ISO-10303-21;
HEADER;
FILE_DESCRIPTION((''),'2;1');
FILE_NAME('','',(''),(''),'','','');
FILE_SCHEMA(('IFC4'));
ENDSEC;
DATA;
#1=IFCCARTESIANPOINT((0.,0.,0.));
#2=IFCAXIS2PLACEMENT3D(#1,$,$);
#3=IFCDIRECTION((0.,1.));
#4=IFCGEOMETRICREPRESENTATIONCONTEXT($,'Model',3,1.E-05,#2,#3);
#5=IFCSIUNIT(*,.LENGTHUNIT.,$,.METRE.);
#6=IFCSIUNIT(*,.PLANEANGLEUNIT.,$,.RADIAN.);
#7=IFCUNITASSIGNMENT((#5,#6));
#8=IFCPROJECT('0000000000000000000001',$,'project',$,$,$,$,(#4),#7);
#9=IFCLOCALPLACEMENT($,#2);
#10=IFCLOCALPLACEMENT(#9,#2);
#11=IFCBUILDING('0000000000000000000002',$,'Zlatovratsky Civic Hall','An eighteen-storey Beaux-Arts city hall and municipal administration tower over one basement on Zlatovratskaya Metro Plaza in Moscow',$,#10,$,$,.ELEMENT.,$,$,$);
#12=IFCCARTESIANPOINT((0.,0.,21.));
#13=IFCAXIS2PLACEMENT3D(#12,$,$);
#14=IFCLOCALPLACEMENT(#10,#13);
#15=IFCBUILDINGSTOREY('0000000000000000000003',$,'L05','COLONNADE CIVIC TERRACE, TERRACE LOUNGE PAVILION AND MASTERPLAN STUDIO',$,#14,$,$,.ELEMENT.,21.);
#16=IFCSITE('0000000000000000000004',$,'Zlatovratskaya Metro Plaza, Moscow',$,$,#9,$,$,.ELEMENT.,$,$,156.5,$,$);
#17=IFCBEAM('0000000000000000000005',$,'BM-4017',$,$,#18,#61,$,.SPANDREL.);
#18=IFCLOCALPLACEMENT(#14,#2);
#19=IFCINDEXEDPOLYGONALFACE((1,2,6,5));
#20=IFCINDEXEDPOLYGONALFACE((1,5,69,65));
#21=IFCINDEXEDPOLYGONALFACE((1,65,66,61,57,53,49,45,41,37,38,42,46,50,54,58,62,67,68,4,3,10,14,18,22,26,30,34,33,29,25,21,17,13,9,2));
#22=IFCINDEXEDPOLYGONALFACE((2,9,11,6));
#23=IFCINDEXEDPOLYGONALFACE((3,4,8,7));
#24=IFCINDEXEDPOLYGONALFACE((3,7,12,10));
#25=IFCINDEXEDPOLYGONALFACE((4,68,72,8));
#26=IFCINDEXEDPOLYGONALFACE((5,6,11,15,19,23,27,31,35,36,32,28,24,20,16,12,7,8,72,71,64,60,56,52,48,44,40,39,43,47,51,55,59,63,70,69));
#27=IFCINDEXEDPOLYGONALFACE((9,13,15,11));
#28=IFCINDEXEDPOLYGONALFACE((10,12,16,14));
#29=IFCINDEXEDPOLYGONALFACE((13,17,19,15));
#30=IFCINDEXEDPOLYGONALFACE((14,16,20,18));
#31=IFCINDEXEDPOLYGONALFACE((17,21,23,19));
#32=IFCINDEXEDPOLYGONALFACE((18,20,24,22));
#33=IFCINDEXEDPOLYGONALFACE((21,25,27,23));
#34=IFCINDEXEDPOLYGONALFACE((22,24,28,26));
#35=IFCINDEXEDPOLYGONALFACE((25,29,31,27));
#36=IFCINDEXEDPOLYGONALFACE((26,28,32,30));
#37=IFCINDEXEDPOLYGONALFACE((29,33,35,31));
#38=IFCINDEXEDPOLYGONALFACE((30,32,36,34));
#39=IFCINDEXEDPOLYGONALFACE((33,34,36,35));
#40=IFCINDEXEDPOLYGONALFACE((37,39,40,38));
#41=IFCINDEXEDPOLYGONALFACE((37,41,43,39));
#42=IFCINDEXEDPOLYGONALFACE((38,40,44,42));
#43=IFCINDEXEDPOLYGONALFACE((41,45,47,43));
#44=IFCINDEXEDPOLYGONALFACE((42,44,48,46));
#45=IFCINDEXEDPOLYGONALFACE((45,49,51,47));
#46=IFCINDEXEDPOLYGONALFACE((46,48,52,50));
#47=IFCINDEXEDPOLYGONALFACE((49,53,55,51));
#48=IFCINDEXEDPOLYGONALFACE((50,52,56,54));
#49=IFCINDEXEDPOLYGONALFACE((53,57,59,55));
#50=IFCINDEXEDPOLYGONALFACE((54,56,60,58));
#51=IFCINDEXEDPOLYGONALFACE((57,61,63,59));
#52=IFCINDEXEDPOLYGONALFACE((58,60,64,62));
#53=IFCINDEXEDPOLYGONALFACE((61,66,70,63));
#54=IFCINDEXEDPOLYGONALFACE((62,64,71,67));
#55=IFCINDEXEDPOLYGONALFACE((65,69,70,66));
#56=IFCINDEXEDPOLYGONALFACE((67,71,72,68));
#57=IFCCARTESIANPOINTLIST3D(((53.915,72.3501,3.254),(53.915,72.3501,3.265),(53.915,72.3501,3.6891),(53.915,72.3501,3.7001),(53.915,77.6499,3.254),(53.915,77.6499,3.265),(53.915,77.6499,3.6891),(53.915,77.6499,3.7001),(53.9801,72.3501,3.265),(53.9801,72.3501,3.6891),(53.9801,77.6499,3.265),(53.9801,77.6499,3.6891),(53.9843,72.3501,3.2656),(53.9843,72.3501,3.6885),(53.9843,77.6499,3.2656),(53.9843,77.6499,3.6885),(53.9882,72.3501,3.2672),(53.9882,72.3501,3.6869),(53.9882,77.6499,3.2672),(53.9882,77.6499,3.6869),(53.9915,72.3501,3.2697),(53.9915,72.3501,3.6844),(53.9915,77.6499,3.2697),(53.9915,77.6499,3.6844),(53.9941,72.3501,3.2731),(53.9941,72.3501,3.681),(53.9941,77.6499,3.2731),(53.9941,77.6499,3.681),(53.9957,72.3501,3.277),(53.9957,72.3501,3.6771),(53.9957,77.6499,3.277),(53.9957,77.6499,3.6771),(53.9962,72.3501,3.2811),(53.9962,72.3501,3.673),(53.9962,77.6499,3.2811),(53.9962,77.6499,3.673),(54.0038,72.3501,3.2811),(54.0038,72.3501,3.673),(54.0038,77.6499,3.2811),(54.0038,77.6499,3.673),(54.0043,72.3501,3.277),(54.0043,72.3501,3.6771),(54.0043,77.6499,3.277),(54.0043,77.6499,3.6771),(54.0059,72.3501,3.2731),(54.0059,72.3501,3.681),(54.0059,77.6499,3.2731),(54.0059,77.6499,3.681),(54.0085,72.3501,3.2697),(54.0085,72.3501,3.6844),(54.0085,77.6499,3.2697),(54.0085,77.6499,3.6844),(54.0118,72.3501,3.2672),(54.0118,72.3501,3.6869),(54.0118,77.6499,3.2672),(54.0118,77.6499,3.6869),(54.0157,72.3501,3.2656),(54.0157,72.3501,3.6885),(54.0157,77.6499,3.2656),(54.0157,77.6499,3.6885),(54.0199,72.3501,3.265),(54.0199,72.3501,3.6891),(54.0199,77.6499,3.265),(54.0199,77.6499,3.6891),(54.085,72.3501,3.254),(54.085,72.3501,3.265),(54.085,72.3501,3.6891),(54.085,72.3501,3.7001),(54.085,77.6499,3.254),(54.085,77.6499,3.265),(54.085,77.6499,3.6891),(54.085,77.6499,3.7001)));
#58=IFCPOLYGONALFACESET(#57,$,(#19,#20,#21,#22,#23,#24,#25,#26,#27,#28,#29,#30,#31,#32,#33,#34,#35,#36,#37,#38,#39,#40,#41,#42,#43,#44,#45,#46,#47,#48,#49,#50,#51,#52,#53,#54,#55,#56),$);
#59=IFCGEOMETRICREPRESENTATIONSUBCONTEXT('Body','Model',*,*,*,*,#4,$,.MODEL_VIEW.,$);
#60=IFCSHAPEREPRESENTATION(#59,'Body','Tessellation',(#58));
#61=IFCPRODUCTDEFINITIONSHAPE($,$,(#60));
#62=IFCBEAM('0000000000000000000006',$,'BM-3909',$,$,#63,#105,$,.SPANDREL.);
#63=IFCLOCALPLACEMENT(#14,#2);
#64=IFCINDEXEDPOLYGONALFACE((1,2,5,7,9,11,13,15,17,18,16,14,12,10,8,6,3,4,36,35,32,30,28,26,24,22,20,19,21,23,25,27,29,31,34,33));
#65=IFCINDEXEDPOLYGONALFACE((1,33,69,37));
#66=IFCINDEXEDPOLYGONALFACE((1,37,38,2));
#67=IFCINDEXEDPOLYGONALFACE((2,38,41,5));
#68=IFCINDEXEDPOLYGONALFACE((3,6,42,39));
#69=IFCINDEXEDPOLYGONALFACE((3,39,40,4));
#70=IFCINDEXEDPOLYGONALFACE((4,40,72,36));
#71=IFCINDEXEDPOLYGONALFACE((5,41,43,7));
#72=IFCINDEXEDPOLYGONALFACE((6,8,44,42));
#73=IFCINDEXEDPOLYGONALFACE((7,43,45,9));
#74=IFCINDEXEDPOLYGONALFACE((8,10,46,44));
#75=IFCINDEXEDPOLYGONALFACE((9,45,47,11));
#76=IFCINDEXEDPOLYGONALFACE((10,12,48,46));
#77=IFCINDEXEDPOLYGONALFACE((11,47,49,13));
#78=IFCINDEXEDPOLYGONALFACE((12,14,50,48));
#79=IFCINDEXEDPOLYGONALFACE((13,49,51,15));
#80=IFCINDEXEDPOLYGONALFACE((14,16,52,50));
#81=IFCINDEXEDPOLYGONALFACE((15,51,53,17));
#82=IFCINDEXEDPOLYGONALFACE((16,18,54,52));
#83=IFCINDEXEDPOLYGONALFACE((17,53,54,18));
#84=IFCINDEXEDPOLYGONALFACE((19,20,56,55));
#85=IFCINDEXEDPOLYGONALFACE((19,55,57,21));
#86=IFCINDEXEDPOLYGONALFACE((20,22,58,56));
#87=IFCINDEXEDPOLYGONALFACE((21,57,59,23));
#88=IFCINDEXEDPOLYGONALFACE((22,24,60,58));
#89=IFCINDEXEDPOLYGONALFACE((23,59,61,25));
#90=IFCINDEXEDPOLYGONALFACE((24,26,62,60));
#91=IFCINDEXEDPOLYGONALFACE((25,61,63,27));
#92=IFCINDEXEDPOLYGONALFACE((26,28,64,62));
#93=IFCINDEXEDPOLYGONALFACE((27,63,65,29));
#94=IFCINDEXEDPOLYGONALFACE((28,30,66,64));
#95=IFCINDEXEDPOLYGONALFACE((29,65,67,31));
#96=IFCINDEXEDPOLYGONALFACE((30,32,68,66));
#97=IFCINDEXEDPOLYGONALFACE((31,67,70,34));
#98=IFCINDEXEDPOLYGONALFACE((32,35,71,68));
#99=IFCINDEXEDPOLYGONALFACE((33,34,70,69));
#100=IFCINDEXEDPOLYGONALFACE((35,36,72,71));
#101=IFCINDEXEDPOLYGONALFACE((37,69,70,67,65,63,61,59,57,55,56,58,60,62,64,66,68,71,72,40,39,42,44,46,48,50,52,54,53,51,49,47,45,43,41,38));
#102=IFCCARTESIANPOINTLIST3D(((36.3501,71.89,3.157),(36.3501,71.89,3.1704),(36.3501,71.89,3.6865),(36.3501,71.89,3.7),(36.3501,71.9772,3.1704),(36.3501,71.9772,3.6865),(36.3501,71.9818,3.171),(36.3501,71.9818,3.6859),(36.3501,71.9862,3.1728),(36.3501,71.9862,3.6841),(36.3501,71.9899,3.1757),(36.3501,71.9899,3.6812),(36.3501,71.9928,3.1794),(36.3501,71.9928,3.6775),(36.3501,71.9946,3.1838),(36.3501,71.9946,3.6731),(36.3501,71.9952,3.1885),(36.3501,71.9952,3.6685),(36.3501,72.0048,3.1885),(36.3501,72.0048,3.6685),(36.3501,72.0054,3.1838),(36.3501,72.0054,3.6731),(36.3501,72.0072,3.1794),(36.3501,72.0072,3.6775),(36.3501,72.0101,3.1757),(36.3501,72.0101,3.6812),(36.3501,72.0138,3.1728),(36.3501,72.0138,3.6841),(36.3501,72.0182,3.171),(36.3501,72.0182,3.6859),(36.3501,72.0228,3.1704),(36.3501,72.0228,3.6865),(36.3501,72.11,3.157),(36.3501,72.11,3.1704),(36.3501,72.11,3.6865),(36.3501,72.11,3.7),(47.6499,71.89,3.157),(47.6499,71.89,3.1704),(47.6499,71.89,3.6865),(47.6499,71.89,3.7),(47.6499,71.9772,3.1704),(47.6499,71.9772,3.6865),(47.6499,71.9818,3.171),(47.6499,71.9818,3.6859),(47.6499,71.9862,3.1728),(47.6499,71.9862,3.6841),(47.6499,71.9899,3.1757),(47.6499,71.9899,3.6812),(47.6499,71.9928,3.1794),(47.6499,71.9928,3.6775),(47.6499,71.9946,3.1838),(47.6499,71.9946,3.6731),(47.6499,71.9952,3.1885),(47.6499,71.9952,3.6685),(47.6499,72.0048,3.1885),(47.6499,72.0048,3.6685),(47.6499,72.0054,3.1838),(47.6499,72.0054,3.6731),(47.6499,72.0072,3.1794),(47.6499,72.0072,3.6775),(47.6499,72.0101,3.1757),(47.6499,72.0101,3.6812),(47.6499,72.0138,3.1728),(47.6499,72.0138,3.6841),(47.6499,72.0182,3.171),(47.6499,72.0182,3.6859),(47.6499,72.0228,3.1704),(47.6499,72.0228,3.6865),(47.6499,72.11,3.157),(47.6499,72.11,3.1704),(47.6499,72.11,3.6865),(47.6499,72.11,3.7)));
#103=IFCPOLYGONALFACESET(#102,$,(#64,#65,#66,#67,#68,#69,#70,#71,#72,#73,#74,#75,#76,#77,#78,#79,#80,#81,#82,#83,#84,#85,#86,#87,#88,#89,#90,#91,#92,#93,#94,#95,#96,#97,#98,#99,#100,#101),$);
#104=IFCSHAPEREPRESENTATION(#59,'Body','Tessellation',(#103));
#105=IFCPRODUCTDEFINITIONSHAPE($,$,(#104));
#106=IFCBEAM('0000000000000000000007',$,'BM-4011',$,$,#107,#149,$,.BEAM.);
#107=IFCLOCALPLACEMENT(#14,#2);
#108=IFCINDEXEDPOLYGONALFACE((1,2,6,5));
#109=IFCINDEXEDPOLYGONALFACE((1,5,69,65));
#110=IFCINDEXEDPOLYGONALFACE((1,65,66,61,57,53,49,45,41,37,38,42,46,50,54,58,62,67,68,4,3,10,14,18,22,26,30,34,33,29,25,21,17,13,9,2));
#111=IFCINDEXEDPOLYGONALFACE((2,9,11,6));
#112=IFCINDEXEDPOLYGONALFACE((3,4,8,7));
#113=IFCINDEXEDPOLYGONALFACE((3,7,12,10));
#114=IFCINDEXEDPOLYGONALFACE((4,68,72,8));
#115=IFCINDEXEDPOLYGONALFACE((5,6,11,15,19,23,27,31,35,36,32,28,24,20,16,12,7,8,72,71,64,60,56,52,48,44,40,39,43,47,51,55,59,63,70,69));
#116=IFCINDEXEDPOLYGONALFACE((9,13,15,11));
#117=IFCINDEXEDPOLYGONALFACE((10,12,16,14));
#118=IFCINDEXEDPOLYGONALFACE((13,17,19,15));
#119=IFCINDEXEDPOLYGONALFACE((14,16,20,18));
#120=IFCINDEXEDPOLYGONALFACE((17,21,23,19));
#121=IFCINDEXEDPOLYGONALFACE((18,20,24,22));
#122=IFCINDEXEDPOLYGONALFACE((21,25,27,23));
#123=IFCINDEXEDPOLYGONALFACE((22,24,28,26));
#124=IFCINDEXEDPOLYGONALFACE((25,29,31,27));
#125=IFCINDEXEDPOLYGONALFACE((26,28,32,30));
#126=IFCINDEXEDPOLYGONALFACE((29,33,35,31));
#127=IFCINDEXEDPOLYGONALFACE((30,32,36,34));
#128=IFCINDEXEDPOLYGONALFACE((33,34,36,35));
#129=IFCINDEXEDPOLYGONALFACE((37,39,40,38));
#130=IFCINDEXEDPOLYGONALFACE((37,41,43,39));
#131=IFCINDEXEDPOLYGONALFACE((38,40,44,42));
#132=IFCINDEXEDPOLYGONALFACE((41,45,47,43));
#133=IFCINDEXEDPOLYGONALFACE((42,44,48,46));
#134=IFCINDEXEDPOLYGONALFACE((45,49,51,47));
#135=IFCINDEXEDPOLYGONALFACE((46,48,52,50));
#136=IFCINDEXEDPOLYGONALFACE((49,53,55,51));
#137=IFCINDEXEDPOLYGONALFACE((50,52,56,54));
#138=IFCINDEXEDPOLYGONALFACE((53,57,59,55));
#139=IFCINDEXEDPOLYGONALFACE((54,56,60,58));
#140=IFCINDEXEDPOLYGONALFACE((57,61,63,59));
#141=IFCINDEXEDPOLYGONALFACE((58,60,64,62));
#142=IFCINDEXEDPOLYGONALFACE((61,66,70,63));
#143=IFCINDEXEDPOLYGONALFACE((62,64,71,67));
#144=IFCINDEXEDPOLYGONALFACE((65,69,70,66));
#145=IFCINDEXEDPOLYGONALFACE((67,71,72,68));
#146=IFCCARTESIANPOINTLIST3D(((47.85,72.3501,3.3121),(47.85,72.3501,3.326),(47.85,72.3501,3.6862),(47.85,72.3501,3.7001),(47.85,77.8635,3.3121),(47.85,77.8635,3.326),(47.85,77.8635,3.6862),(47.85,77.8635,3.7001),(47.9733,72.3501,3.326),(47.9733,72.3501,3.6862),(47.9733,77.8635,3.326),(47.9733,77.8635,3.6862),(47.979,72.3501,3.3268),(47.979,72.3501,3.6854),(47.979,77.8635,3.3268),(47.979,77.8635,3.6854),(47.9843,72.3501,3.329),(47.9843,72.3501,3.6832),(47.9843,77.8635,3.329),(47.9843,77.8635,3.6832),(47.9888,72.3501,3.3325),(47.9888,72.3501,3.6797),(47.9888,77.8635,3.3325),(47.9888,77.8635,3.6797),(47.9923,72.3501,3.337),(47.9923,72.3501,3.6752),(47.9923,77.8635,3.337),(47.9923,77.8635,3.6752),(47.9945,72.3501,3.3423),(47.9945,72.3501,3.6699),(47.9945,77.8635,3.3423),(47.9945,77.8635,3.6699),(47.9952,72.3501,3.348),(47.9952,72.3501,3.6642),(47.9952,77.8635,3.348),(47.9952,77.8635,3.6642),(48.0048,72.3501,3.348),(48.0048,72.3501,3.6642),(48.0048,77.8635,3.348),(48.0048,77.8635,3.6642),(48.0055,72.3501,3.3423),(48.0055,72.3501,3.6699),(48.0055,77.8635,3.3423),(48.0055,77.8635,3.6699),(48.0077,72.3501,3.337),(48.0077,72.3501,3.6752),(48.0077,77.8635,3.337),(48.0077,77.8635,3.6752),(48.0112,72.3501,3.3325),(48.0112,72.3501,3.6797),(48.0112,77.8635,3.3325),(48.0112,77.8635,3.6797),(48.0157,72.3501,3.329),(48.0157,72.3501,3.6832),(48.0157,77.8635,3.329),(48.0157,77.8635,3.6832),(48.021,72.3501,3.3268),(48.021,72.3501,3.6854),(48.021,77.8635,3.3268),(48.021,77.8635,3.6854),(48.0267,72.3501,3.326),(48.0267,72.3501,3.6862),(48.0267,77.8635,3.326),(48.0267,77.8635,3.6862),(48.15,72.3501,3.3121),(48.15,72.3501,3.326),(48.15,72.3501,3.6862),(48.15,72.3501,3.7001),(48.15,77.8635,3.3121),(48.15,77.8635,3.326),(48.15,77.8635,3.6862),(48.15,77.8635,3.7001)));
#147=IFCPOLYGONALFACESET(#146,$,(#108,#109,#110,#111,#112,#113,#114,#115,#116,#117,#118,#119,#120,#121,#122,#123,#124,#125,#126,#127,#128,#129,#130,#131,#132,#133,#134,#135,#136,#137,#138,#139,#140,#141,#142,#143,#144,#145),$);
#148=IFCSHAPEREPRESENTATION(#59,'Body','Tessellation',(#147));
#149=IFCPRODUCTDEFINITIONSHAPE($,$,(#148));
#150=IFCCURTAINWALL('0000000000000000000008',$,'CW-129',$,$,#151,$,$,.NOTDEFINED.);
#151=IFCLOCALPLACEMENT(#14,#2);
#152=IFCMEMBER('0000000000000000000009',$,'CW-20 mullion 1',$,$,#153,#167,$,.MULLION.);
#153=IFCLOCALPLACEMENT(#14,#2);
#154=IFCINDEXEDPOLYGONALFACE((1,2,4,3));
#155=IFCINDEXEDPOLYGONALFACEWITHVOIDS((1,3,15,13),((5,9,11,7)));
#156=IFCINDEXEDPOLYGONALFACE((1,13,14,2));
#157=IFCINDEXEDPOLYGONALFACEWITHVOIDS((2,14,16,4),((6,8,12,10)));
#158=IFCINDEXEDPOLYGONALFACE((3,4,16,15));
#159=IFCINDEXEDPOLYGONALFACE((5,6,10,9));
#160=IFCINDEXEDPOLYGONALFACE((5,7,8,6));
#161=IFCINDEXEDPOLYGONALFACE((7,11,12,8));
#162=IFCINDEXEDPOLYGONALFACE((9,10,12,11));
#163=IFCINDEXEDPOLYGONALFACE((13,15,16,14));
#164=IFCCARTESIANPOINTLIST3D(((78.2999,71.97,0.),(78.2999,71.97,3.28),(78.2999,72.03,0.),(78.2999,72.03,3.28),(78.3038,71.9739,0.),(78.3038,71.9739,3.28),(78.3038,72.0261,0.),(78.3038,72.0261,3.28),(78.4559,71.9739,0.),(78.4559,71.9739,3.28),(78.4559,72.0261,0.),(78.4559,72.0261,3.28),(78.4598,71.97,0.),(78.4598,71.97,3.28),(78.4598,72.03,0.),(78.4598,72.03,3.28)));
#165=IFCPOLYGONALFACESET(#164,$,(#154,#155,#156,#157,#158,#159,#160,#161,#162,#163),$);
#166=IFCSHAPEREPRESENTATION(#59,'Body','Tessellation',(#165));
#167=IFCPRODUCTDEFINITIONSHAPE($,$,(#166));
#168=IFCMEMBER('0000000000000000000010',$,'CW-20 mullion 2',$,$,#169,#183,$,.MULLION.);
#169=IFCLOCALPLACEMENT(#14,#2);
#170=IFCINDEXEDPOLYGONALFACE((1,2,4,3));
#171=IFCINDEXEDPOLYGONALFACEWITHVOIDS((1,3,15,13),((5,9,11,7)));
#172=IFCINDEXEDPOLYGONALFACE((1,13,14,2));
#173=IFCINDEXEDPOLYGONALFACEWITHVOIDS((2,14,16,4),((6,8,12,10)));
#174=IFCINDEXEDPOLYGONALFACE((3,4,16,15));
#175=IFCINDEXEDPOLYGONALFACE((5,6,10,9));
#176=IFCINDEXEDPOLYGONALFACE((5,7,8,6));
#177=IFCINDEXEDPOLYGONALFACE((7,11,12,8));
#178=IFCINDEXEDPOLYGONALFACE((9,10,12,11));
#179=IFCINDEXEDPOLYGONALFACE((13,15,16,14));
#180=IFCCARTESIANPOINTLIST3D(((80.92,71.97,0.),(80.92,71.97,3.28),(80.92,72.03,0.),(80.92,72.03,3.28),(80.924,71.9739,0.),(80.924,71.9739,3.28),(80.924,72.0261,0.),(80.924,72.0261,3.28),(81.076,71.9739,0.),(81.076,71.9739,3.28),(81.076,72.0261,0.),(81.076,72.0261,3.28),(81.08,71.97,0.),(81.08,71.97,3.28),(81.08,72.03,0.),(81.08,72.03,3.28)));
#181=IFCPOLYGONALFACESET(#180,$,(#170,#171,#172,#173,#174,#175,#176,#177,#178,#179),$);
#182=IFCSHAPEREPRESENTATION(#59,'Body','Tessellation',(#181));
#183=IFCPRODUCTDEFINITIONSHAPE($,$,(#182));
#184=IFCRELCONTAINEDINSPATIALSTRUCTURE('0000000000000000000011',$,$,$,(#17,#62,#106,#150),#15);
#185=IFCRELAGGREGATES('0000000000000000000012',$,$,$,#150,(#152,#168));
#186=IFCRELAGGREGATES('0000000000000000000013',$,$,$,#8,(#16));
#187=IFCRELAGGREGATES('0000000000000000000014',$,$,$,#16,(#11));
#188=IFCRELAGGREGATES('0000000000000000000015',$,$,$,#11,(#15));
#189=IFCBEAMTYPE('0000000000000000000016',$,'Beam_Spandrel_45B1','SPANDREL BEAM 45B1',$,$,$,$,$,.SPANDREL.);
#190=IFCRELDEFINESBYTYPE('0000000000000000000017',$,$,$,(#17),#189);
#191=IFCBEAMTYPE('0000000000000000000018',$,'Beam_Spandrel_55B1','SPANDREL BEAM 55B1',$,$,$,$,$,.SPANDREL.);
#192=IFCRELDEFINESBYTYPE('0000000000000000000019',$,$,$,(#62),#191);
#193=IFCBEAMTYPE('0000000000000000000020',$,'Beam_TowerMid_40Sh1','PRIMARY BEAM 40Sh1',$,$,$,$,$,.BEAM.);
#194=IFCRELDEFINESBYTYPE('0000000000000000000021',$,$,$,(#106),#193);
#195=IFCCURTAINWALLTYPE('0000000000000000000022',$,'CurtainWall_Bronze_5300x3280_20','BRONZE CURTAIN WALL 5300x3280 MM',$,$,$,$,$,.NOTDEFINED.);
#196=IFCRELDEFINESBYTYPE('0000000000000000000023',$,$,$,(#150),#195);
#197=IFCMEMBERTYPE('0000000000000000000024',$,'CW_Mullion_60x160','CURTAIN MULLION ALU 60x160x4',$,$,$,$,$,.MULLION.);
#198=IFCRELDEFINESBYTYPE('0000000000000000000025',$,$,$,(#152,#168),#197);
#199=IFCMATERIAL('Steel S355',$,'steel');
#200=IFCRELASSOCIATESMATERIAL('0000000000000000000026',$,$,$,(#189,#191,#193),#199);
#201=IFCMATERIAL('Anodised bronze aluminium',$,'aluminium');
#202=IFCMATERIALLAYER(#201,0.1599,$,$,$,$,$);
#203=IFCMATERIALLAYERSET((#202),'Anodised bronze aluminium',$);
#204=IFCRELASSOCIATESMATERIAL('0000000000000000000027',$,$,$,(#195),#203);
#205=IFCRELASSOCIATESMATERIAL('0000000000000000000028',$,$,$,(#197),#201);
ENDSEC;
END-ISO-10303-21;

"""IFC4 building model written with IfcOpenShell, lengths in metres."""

from ifc_helpers import new_model, si_unit, direction, frame, origin, origin_2d, place, context, subcontext, project, spatial, hollow_rectangle, i_section, extrude, material, layer, layer_set, material_profile, profile_set, type_object, element, aggregate, save


model = new_model("IFC4")

# Units and contexts
model_context = context("Model", 3, precision=1e-05, world=origin(), true_north=direction((0.0, 1.0)))
body_context = subcontext(model_context, "Body", "Model", "MODEL_VIEW")
ifc_project = project(units=[si_unit("LENGTHUNIT", "METRE"), si_unit("PLANEANGLEUNIT", "RADIAN")], contexts=[model_context])

# Site, building, storey
site_placement = place(None, origin())
site = spatial("IfcSite", under=ifc_project, at=site_placement, Name="Zlatovratskaya Metro Plaza, Moscow", CompositionType="ELEMENT", RefElevation=156.5)
building_placement = place(site_placement, origin())
building = spatial("IfcBuilding", under=site, at=building_placement, Name="Zlatovratsky Civic Hall", Description="An eighteen-storey Beaux-Arts city hall and municipal administration tower over one basement on Zlatovratskaya Metro Plaza in Moscow", CompositionType="ELEMENT")
storey_placement = place(building_placement, frame((0.0, 0.0, 21.0)))
storey = spatial("IfcBuildingStorey", under=building, at=storey_placement, Name="L05", Description="COLONNADE CIVIC TERRACE, TERRACE LOUNGE PAVILION AND MASTERPLAN STUDIO", CompositionType="ELEMENT", Elevation=21.0)

# Beams
ifc_material_1 = material(Name="Steel S355", Category="steel")
ifc_material_profile_1 = material_profile(ifc_material_1, i_section(OverallWidth=0.1699, OverallDepth=0.446, WebThickness=0.0076, FlangeThickness=0.011, FilletRadius=0.0161, at=origin_2d()), Name="45B1")
ifc_profile_set_1 = profile_set([ifc_material_profile_1], Name="Steel S355")
beam_type_1 = type_object("IfcBeamType", Name="Beam_Spandrel_45B1", Description="SPANDREL BEAM 45B1", PredefinedType="SPANDREL", material=ifc_profile_set_1)
for number, where, z_axis, x_axis, name in (
    (1, (54.0, 72.3501, 3.4771), (0.0, 1.0, 0.0), (-1.0, 0.0, 0.0), "BM-4017"),
):
    element("IfcBeam", number, at=place(storey_placement, frame(where, z_axis=z_axis, x_axis=x_axis)), inside=storey, type_object=beam_type_1, Name=name, PredefinedType="SPANDREL", context=body_context, shape_type="SweptSolid", body=[
        extrude(i_section(OverallWidth=0.1699, OverallDepth=0.446, WebThickness=0.0076, FlangeThickness=0.011, FilletRadius=0.0161, at=origin_2d()), origin(), (0.0, 0.0, 1.0), 5.2998),
    ])
ifc_material_profile_2 = material_profile(ifc_material_1, i_section(OverallWidth=0.22, OverallDepth=0.543, WebThickness=0.0095, FlangeThickness=0.0134, FilletRadius=0.0181, at=origin_2d()), Name="55B1")
ifc_profile_set_2 = profile_set([ifc_material_profile_2], Name="Steel S355")
beam_type_2 = type_object("IfcBeamType", Name="Beam_Spandrel_55B1", Description="SPANDREL BEAM 55B1", PredefinedType="SPANDREL", material=ifc_profile_set_2)
beam_1_placement = place(storey_placement, frame((36.3501, 72.0, 3.4285), z_axis=(1.0, 0.0, 0.0), x_axis=(0.0, 1.0, 0.0)))
element("IfcBeam", 2, at=beam_1_placement, inside=storey, type_object=beam_type_2, Name="BM-3909", PredefinedType="SPANDREL", context=body_context, shape_type="SweptSolid", body=[
    extrude(i_section(OverallWidth=0.22, OverallDepth=0.543, WebThickness=0.0095, FlangeThickness=0.0134, FilletRadius=0.0181, at=origin_2d()), origin(), (0.0, 0.0, 1.0), 11.2998),
])
ifc_material_profile_3 = material_profile(ifc_material_1, i_section(OverallWidth=0.3, OverallDepth=0.3879, WebThickness=0.0095, FlangeThickness=0.0139, FilletRadius=0.022, at=origin_2d()), Name="40Sh1")
ifc_profile_set_3 = profile_set([ifc_material_profile_3], Name="Steel S355")
beam_type_3 = type_object("IfcBeamType", Name="Beam_TowerMid_40Sh1", Description="PRIMARY BEAM 40Sh1", PredefinedType="BEAM", material=ifc_profile_set_3)
beam_2_placement = place(storey_placement, frame((48.0, 72.3501, 3.5061), z_axis=(0.0, 1.0, 0.0), x_axis=(-1.0, 0.0, 0.0)))
element("IfcBeam", 3, at=beam_2_placement, inside=storey, type_object=beam_type_3, Name="BM-4011", PredefinedType="BEAM", context=body_context, shape_type="SweptSolid", body=[
    extrude(i_section(OverallWidth=0.3, OverallDepth=0.3879, WebThickness=0.0095, FlangeThickness=0.0139, FilletRadius=0.022, at=origin_2d()), origin(), (0.0, 0.0, 1.0), 5.5134),
])

# Curtain wall, members
ifc_material_2 = material(Name="Anodised bronze aluminium", Category="aluminium")
ifc_layer_1 = layer(ifc_material_2, 0.1599)
ifc_layer_set_1 = layer_set([ifc_layer_1], Name="Anodised bronze aluminium")
curtain_wall_type = type_object("IfcCurtainWallType", Name="CurtainWall_Bronze_5300x3280_20", Description="BRONZE CURTAIN WALL 5300x3280 MM", PredefinedType="NOTDEFINED", material=ifc_layer_set_1)
curtain_wall_placement = place(storey_placement, origin())
curtain_wall = element("IfcCurtainWall", 4, at=curtain_wall_placement, inside=storey, type_object=curtain_wall_type, Name="CW-129", PredefinedType="NOTDEFINED")
ifc_material_profile_4 = material_profile(ifc_material_2, hollow_rectangle(XDim=0.0601, YDim=0.1599, WallThickness=0.0039, at=origin_2d()), Name="ALU 60x160x4")
ifc_profile_set_4 = profile_set([ifc_material_profile_4], Name="Anodised bronze aluminium")
member_type_1 = type_object("IfcMemberType", Name="CW_Mullion_60x160", Description="CURTAIN MULLION ALU 60x160x4", PredefinedType="MULLION", material=ifc_profile_set_4)
member_1_placement = place(storey_placement, frame((78.3799, 72.0, 0.0), z_axis=(0.0, 0.0, 1.0), x_axis=(0.0, 1.0, 0.0)))
member_1 = element("IfcMember", 5, at=member_1_placement, type_object=member_type_1, Name="CW-20 mullion 1", PredefinedType="MULLION", context=body_context, shape_type="SweptSolid", body=[
    extrude(hollow_rectangle(XDim=0.0601, YDim=0.1599, WallThickness=0.0039, at=origin_2d()), origin(), (0.0, 0.0, 1.0), 3.28),
])
member_2_placement = place(storey_placement, frame((81.0, 72.0, 0.0), z_axis=(0.0, 0.0, 1.0), x_axis=(0.0, 1.0, 0.0)))
member_2 = element("IfcMember", 6, at=member_2_placement, type_object=member_type_1, Name="CW-20 mullion 2", PredefinedType="MULLION", context=body_context, shape_type="SweptSolid", body=[
    extrude(hollow_rectangle(XDim=0.0601, YDim=0.1599, WallThickness=0.0039, at=origin_2d()), origin(), (0.0, 0.0, 1.0), 3.28),
])

aggregate(curtain_wall, [member_1, member_2])

save(model, "model.ifc")
